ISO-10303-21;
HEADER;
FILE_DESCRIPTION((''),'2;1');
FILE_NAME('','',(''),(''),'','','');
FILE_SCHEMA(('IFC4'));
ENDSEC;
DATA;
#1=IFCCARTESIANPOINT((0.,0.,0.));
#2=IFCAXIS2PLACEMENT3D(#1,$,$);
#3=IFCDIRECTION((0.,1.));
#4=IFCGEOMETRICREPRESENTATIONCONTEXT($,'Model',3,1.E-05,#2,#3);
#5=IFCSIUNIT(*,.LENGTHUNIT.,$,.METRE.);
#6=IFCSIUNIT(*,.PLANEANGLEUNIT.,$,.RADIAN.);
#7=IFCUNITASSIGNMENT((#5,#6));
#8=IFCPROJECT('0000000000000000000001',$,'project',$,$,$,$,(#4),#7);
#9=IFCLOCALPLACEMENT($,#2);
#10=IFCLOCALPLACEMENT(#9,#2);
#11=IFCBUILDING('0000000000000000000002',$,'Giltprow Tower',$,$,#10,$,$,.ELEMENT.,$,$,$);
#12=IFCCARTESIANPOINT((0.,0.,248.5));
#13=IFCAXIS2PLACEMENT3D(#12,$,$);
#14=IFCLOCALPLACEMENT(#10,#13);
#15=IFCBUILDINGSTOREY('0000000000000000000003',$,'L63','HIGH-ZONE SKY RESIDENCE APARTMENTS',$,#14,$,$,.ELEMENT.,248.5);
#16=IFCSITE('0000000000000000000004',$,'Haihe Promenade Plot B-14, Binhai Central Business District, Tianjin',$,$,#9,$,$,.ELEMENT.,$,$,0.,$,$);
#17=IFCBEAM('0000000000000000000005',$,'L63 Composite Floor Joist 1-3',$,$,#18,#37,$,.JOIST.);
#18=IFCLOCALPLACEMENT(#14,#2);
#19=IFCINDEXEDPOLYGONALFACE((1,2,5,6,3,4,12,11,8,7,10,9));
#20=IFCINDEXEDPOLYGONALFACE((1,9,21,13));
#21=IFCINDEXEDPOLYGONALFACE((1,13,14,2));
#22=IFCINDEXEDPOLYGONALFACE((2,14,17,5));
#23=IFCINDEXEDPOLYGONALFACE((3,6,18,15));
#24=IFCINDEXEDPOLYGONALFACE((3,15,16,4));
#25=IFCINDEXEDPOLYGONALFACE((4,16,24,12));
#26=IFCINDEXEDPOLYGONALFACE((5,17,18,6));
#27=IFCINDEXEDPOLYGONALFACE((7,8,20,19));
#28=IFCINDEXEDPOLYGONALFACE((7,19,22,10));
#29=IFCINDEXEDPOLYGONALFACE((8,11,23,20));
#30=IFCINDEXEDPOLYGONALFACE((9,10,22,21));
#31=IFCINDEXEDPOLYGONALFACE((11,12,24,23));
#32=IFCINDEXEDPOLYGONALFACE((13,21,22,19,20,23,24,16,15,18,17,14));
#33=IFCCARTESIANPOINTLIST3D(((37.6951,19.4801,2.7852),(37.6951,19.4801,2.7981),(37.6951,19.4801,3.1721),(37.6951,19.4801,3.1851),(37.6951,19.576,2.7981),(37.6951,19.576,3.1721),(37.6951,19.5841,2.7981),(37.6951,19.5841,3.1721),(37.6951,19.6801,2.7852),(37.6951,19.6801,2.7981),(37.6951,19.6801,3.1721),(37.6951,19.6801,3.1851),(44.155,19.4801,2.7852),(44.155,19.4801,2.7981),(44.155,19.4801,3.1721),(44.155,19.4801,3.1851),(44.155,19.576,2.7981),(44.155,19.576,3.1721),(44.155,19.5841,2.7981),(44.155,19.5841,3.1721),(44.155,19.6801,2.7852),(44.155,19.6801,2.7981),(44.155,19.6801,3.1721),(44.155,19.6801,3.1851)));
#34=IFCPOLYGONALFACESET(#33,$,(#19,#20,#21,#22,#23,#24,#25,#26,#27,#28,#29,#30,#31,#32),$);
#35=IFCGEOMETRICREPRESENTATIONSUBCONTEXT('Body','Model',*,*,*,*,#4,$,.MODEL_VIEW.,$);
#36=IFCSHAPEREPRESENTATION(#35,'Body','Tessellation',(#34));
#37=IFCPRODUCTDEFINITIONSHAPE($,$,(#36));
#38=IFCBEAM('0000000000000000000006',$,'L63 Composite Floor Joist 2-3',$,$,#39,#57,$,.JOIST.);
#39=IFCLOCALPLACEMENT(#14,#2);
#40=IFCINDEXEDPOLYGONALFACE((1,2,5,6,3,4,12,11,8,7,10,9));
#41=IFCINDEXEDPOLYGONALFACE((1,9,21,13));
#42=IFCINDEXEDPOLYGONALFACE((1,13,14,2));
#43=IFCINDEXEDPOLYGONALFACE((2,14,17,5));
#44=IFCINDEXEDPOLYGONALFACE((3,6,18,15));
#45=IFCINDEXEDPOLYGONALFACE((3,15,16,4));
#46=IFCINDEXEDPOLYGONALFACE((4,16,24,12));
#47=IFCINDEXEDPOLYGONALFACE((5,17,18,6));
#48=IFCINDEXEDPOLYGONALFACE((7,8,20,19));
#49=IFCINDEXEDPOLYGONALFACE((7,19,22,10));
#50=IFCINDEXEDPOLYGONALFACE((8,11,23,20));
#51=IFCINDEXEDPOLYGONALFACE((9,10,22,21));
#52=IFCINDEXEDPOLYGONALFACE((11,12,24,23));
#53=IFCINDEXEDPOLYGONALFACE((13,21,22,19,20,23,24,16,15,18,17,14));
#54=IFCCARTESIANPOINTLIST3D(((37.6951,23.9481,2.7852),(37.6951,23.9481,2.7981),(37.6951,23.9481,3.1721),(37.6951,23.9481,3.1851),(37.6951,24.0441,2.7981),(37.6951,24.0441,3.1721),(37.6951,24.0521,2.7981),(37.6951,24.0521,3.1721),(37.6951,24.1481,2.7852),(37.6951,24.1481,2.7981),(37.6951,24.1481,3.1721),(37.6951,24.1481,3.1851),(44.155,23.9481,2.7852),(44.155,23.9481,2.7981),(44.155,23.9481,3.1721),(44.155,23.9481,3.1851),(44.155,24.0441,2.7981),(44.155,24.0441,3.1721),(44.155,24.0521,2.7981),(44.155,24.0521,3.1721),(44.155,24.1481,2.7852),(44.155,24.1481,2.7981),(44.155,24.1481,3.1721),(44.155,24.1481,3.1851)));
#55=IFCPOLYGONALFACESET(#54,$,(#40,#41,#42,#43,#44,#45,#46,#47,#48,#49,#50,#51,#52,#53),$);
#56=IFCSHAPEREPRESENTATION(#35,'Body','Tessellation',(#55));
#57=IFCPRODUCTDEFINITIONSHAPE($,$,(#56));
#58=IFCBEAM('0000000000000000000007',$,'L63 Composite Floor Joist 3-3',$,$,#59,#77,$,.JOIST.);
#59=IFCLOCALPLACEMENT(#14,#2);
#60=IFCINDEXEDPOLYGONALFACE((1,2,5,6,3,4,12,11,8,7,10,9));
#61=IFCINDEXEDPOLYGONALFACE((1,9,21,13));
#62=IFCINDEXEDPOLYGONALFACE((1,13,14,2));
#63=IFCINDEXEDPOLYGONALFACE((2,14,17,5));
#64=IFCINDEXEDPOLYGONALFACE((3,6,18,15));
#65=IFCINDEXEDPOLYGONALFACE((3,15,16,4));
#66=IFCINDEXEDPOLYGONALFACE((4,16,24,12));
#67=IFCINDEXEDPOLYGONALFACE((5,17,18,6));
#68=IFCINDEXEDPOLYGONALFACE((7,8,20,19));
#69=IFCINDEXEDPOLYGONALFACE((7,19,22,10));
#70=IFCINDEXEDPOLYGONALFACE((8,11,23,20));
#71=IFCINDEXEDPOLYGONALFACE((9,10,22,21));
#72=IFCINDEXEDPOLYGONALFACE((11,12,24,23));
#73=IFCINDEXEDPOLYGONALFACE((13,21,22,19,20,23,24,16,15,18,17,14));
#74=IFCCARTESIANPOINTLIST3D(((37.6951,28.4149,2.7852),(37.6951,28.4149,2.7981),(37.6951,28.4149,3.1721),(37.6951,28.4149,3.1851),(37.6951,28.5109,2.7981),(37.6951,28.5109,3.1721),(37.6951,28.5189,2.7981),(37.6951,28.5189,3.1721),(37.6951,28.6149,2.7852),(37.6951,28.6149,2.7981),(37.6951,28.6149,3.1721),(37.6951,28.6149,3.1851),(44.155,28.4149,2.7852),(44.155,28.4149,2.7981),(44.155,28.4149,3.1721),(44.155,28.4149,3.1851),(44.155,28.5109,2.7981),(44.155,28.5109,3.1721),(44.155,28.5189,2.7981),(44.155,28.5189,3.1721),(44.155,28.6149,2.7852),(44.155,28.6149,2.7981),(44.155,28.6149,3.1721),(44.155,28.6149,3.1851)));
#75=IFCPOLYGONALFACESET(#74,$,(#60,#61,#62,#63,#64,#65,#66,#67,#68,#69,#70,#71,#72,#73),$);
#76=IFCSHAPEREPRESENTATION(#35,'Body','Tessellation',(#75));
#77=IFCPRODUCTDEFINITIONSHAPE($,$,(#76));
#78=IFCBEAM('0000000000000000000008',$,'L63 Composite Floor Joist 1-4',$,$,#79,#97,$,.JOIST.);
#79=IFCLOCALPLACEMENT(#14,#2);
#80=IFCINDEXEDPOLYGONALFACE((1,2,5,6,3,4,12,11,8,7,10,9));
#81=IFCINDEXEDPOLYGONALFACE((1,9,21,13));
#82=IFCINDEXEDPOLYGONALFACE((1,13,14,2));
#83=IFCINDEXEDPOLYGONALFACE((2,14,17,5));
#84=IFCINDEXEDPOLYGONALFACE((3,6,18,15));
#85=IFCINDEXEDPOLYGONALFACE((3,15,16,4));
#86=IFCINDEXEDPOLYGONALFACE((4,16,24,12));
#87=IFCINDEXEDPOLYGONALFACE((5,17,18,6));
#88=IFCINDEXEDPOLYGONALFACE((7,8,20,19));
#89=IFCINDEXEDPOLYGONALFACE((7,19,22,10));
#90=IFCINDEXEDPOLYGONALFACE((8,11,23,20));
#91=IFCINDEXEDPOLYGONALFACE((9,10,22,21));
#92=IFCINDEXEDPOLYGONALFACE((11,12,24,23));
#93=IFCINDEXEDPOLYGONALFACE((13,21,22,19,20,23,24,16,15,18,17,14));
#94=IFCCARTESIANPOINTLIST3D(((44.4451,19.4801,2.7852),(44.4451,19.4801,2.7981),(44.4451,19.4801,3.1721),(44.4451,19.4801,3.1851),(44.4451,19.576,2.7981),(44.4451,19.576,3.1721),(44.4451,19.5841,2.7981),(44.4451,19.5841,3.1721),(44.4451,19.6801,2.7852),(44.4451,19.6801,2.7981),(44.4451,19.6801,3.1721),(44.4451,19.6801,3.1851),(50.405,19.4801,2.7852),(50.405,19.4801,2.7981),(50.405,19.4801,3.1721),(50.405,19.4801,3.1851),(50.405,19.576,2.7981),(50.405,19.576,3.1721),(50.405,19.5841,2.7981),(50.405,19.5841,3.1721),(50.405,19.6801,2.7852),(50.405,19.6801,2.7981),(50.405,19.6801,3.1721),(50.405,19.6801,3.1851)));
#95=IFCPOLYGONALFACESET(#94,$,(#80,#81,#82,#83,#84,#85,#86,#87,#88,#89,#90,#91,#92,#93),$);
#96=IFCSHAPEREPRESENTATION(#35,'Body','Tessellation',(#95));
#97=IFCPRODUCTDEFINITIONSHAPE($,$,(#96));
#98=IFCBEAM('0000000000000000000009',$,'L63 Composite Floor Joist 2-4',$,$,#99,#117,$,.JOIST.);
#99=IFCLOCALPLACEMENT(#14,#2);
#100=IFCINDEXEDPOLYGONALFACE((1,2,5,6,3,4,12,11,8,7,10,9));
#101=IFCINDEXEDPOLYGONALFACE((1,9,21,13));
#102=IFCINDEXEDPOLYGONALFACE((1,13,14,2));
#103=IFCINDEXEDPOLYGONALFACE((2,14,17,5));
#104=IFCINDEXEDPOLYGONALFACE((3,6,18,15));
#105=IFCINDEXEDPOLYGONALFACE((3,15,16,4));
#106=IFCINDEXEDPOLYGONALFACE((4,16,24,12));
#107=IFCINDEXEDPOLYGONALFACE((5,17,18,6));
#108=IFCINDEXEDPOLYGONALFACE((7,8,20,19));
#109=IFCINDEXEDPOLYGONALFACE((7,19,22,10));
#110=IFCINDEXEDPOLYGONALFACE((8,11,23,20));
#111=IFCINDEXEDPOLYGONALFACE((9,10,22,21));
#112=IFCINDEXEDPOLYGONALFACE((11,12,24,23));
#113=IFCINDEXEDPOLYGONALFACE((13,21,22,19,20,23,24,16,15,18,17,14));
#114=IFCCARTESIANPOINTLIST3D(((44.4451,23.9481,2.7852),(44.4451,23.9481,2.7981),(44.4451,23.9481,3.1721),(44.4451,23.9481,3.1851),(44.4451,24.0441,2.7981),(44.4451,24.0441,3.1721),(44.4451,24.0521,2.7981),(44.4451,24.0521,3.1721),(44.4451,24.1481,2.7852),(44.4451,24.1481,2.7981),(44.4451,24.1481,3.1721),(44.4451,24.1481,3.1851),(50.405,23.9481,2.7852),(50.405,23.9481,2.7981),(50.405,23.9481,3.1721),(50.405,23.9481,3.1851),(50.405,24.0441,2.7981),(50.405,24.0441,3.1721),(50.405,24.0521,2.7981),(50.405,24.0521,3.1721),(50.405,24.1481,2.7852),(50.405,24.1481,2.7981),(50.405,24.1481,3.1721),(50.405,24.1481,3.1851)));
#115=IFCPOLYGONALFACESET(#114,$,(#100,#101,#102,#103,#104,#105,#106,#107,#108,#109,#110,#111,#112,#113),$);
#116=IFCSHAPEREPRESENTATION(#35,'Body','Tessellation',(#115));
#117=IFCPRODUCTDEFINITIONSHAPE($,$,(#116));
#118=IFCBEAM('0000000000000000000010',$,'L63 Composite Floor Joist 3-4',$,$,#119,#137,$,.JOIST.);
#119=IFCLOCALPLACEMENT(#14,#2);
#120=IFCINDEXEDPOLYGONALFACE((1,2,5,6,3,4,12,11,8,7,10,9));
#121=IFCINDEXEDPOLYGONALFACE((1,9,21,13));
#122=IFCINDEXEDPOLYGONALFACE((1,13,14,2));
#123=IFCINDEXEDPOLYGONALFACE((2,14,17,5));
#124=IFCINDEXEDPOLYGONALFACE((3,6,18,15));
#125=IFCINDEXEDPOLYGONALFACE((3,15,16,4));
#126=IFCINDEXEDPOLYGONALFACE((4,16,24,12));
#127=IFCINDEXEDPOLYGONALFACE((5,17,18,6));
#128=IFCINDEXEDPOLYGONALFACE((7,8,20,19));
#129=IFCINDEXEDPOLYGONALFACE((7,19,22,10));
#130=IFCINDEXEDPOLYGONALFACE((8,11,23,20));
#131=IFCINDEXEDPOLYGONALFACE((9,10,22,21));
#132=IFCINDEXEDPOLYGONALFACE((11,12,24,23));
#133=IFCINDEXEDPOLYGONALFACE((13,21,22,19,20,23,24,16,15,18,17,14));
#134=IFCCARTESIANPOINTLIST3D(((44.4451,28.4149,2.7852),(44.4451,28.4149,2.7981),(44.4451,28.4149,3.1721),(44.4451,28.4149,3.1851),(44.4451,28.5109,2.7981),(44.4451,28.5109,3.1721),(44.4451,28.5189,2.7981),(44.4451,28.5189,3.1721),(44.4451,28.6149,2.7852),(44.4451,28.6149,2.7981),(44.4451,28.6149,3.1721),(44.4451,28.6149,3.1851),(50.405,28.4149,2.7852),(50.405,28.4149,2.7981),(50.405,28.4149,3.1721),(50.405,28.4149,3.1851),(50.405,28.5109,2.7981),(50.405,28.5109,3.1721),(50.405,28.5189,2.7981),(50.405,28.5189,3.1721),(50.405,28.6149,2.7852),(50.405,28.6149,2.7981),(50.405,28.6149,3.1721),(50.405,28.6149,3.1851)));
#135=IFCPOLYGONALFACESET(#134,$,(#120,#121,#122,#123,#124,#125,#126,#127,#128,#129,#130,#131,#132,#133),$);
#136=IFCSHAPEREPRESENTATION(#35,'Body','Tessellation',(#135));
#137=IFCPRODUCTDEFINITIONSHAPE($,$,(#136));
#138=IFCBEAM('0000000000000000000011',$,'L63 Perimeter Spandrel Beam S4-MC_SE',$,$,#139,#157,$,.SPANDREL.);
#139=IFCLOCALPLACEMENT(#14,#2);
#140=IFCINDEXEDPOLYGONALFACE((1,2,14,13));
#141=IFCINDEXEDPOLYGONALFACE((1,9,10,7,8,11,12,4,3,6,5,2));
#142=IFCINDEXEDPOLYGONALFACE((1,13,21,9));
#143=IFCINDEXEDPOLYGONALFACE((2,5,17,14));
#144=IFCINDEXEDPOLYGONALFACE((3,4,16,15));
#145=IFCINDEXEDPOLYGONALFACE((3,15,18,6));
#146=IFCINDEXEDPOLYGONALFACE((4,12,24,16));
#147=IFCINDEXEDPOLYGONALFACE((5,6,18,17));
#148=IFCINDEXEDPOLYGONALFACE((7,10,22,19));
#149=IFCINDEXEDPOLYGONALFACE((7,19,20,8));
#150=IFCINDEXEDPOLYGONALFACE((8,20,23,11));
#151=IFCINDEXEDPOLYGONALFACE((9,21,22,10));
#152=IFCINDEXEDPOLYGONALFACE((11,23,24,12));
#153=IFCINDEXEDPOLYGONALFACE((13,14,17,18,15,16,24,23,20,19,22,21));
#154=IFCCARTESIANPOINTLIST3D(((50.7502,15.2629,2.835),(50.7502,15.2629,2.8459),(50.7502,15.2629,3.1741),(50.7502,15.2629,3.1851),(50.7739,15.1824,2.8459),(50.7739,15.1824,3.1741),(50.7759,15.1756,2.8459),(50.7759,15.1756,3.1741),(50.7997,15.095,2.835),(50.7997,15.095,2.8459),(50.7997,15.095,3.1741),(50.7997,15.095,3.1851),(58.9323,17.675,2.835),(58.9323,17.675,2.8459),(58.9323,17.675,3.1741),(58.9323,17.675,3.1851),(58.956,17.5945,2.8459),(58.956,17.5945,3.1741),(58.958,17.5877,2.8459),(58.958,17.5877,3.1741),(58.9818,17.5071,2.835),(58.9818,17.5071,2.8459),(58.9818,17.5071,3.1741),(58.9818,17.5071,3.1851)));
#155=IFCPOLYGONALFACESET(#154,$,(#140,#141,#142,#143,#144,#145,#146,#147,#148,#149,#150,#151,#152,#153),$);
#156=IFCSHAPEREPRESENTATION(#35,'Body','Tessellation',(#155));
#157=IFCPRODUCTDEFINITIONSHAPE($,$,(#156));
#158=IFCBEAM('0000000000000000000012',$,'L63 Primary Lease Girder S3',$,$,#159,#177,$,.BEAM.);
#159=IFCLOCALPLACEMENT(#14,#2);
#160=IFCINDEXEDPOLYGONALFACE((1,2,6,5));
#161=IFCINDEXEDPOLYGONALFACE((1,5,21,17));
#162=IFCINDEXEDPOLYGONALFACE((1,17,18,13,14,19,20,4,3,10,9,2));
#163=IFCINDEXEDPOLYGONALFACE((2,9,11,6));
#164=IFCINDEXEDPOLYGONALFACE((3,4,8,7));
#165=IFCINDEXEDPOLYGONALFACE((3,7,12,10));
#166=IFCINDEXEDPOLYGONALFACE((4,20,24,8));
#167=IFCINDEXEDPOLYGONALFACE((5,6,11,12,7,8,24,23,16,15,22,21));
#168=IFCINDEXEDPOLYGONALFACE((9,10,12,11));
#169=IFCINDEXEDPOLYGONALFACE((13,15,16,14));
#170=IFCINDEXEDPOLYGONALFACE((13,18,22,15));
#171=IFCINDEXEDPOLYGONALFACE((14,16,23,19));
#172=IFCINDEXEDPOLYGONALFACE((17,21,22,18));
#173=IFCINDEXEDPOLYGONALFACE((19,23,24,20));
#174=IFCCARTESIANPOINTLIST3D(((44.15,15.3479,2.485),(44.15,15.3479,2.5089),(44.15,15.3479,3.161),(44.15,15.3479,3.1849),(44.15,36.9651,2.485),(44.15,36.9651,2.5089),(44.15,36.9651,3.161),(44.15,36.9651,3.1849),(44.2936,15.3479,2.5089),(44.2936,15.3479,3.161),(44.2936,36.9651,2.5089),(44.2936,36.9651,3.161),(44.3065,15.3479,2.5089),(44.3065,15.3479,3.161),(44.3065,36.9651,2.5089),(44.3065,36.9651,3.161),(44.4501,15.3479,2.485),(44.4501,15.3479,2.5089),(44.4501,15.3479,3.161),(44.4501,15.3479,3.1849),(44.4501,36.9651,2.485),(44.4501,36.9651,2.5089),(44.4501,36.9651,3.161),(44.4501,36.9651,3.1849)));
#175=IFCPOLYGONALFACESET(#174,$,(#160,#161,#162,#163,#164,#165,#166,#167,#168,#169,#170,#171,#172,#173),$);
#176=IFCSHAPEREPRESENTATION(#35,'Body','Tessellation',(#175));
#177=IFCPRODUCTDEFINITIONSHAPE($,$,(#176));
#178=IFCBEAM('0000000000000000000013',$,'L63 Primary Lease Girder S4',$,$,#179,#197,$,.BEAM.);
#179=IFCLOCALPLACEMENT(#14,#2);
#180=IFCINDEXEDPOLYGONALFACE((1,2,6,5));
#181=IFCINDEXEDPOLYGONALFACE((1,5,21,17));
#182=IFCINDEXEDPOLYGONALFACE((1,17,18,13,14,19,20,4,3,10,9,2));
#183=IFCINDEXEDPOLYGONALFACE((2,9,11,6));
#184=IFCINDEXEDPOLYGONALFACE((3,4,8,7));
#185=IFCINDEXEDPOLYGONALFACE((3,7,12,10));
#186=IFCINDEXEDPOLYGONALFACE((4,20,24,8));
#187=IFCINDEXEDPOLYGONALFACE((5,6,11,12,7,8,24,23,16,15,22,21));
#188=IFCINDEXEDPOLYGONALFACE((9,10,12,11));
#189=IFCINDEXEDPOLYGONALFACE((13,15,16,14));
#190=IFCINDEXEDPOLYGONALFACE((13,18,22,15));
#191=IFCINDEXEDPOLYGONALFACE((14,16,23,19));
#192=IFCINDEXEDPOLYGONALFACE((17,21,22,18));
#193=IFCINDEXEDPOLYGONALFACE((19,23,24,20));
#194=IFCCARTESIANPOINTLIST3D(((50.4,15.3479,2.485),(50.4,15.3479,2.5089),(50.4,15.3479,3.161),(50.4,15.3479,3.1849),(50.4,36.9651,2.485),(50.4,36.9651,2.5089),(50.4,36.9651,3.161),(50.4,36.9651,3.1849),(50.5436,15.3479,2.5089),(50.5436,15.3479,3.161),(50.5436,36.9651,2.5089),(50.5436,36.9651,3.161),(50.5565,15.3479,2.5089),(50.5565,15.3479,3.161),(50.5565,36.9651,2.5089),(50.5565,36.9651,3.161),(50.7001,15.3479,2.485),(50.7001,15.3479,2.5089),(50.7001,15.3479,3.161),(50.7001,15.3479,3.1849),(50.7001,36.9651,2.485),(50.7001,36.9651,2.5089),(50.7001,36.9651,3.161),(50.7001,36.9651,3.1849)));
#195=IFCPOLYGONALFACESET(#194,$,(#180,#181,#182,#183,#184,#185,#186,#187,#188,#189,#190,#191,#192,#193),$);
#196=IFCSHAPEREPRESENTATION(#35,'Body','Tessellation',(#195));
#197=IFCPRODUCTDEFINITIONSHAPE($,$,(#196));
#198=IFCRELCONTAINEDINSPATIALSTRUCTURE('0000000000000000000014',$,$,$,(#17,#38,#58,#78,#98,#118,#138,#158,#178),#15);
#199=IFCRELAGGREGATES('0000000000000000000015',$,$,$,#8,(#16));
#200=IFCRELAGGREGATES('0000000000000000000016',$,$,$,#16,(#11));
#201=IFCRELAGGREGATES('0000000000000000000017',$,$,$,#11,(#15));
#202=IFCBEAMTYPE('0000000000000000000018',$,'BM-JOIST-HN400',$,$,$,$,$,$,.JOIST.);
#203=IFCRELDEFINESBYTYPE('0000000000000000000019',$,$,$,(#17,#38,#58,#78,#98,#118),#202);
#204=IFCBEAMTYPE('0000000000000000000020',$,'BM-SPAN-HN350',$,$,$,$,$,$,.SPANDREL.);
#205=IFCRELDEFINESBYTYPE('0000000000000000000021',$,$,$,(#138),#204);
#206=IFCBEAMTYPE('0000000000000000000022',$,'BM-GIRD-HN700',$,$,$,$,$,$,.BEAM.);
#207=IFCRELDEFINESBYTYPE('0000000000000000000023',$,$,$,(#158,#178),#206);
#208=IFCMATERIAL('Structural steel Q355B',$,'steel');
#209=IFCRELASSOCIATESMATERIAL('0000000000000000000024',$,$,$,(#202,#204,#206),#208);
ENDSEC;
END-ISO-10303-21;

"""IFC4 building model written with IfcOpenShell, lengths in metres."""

from ifc_helpers import new_model, si_unit, direction, frame, origin, origin_2d, place, context, subcontext, project, spatial, i_section, extrude, source, transform, mapped, material, material_profile, profile_set, type_object, element, save


model = new_model("IFC4")

# Units and contexts
model_context = context("Model", 3, precision=1e-05, world=origin(), true_north=direction((0.0, 1.0)))
body_context = subcontext(model_context, "Body", "Model", "MODEL_VIEW")
ifc_project = project(units=[si_unit("LENGTHUNIT", "METRE"), si_unit("PLANEANGLEUNIT", "RADIAN")], contexts=[model_context])

# Site, building, storey
site_placement = place(None, origin())
site = spatial("IfcSite", under=ifc_project, at=site_placement, Name="Haihe Promenade Plot B-14, Binhai Central Business District, Tianjin", CompositionType="ELEMENT", RefElevation=0.0)
building_placement = place(site_placement, origin())
building = spatial("IfcBuilding", under=site, at=building_placement, Name="Giltprow Tower", CompositionType="ELEMENT")
storey_placement = place(building_placement, frame((0.0, 0.0, 248.5)))
storey = spatial("IfcBuildingStorey", under=building, at=storey_placement, Name="L63", Description="HIGH-ZONE SKY RESIDENCE APARTMENTS", CompositionType="ELEMENT", Elevation=248.5)

# Beams
ifc_material_1 = material(Name="Structural steel Q355B", Category="steel")
ifc_material_profile_1 = material_profile(ifc_material_1, i_section(OverallWidth=0.2, OverallDepth=0.3999, WebThickness=0.0081, FlangeThickness=0.0129, at=origin_2d()), Name="HN 400x200x8x13")
ifc_profile_set_1 = profile_set([ifc_material_profile_1], Name="Structural steel Q355B")
beam_type_1 = type_object("IfcBeamType", Name="BM-JOIST-HN400", PredefinedType="JOIST", material=ifc_profile_set_1)
shared_shape_1 = source(origin(), body_context, "Body", "SweptSolid", [
    extrude(i_section(OverallWidth=0.2, OverallDepth=0.3999, WebThickness=0.0081, FlangeThickness=0.0129, at=origin_2d()), origin(), (0.0, 0.0, 1.0), 6.46),
])
for number, where, z_axis, x_axis, name in (
    (1, (37.6951, 19.5801, 2.9851), (1.0, 0.0, 0.0), (0.0, 1.0, 0.0), "L63 Composite Floor Joist 1-3"),
    (2, (37.6951, 24.0481, 2.9851), (1.0, 0.0, 0.0), (0.0, 1.0, 0.0), "L63 Composite Floor Joist 2-3"),
    (3, (37.6951, 28.5149, 2.9851), (1.0, 0.0, 0.0), (0.0, 1.0, 0.0), "L63 Composite Floor Joist 3-3"),
):
    element("IfcBeam", number, at=place(storey_placement, frame(where, z_axis=z_axis, x_axis=x_axis)), inside=storey, type_object=beam_type_1, Name=name, PredefinedType="JOIST", context=body_context, shape_type="MappedRepresentation", body=[
        mapped(shared_shape_1, transform((0.0, 0.0, 0.0), x_axis=(1.0, 0.0, 0.0), y_axis=(0.0, 1.0, 0.0), z_axis=(0.0, 0.0, 1.0), scale=1.0)),
    ])
shared_shape_2 = source(origin(), body_context, "Body", "SweptSolid", [
    extrude(i_section(OverallWidth=0.2, OverallDepth=0.3999, WebThickness=0.0081, FlangeThickness=0.0129, at=origin_2d()), origin(), (0.0, 0.0, 1.0), 5.96),
])
for number, where, z_axis, x_axis, name in (
    (4, (44.4451, 19.5801, 2.9851), (1.0, 0.0, 0.0), (0.0, 1.0, 0.0), "L63 Composite Floor Joist 1-4"),
    (5, (44.4451, 24.0481, 2.9851), (1.0, 0.0, 0.0), (0.0, 1.0, 0.0), "L63 Composite Floor Joist 2-4"),
    (6, (44.4451, 28.5149, 2.9851), (1.0, 0.0, 0.0), (0.0, 1.0, 0.0), "L63 Composite Floor Joist 3-4"),
):
    element("IfcBeam", number, at=place(storey_placement, frame(where, z_axis=z_axis, x_axis=x_axis)), inside=storey, type_object=beam_type_1, Name=name, PredefinedType="JOIST", context=body_context, shape_type="MappedRepresentation", body=[
        mapped(shared_shape_2, transform((0.0, 0.0, 0.0), x_axis=(1.0, 0.0, 0.0), y_axis=(0.0, 1.0, 0.0), z_axis=(0.0, 0.0, 1.0), scale=1.0)),
    ])
ifc_material_profile_2 = material_profile(ifc_material_1, i_section(OverallWidth=0.175, OverallDepth=0.3501, WebThickness=0.0071, FlangeThickness=0.011, at=origin_2d()), Name="HN 350x175x7x11")
ifc_profile_set_2 = profile_set([ifc_material_profile_2], Name="Structural steel Q355B")
beam_type_2 = type_object("IfcBeamType", Name="BM-SPAN-HN350", PredefinedType="SPANDREL", material=ifc_profile_set_2)
shared_shape_3 = source(origin(), body_context, "Body", "SweptSolid", [
    extrude(i_section(OverallWidth=0.175, OverallDepth=0.3501, WebThickness=0.0071, FlangeThickness=0.011, at=origin_2d()), origin(), (0.0, 0.0, 1.0), 8.5303),
])
beam_1_placement = place(storey_placement, frame((50.7749, 15.179, 3.01), z_axis=(0.959188, 0.282771, 0.0), x_axis=(-0.282771, 0.959188, 0.0)))
element("IfcBeam", 7, at=beam_1_placement, inside=storey, type_object=beam_type_2, Name="L63 Perimeter Spandrel Beam S4-MC_SE", PredefinedType="SPANDREL", context=body_context, shape_type="MappedRepresentation", body=[
    mapped(shared_shape_3, transform((0.0, 0.0, 0.0), x_axis=(1.0, 0.0, 0.0), y_axis=(0.0, 1.0, 0.0), z_axis=(0.0, 0.0, 1.0), scale=1.0)),
])
ifc_material_profile_3 = material_profile(ifc_material_1, i_section(OverallWidth=0.3, OverallDepth=0.7, WebThickness=0.0129, FlangeThickness=0.0239, at=origin_2d()), Name="HN 700x300x13x24")
ifc_profile_set_3 = profile_set([ifc_material_profile_3], Name="Structural steel Q355B")
beam_type_3 = type_object("IfcBeamType", Name="BM-GIRD-HN700", PredefinedType="BEAM", material=ifc_profile_set_3)
shared_shape_4 = source(origin(), body_context, "Body", "SweptSolid", [
    extrude(i_section(OverallWidth=0.3, OverallDepth=0.7, WebThickness=0.0129, FlangeThickness=0.0239, at=origin_2d()), origin(), (0.0, 0.0, 1.0), 21.6172),
])
for number, where, z_axis, x_axis, name in (
    (8, (44.3, 15.3479, 2.835), (0.0, 1.0, 0.0), (-1.0, 0.0, 0.0), "L63 Primary Lease Girder S3"),
    (9, (50.55, 15.3479, 2.835), (0.0, 1.0, 0.0), (-1.0, 0.0, 0.0), "L63 Primary Lease Girder S4"),
):
    element("IfcBeam", number, at=place(storey_placement, frame(where, z_axis=z_axis, x_axis=x_axis)), inside=storey, type_object=beam_type_3, Name=name, PredefinedType="BEAM", context=body_context, shape_type="MappedRepresentation", body=[
        mapped(shared_shape_4, transform((0.0, 0.0, 0.0), x_axis=(1.0, 0.0, 0.0), y_axis=(0.0, 1.0, 0.0), z_axis=(0.0, 0.0, 1.0), scale=1.0)),
    ])

save(model, "model.ifc")
